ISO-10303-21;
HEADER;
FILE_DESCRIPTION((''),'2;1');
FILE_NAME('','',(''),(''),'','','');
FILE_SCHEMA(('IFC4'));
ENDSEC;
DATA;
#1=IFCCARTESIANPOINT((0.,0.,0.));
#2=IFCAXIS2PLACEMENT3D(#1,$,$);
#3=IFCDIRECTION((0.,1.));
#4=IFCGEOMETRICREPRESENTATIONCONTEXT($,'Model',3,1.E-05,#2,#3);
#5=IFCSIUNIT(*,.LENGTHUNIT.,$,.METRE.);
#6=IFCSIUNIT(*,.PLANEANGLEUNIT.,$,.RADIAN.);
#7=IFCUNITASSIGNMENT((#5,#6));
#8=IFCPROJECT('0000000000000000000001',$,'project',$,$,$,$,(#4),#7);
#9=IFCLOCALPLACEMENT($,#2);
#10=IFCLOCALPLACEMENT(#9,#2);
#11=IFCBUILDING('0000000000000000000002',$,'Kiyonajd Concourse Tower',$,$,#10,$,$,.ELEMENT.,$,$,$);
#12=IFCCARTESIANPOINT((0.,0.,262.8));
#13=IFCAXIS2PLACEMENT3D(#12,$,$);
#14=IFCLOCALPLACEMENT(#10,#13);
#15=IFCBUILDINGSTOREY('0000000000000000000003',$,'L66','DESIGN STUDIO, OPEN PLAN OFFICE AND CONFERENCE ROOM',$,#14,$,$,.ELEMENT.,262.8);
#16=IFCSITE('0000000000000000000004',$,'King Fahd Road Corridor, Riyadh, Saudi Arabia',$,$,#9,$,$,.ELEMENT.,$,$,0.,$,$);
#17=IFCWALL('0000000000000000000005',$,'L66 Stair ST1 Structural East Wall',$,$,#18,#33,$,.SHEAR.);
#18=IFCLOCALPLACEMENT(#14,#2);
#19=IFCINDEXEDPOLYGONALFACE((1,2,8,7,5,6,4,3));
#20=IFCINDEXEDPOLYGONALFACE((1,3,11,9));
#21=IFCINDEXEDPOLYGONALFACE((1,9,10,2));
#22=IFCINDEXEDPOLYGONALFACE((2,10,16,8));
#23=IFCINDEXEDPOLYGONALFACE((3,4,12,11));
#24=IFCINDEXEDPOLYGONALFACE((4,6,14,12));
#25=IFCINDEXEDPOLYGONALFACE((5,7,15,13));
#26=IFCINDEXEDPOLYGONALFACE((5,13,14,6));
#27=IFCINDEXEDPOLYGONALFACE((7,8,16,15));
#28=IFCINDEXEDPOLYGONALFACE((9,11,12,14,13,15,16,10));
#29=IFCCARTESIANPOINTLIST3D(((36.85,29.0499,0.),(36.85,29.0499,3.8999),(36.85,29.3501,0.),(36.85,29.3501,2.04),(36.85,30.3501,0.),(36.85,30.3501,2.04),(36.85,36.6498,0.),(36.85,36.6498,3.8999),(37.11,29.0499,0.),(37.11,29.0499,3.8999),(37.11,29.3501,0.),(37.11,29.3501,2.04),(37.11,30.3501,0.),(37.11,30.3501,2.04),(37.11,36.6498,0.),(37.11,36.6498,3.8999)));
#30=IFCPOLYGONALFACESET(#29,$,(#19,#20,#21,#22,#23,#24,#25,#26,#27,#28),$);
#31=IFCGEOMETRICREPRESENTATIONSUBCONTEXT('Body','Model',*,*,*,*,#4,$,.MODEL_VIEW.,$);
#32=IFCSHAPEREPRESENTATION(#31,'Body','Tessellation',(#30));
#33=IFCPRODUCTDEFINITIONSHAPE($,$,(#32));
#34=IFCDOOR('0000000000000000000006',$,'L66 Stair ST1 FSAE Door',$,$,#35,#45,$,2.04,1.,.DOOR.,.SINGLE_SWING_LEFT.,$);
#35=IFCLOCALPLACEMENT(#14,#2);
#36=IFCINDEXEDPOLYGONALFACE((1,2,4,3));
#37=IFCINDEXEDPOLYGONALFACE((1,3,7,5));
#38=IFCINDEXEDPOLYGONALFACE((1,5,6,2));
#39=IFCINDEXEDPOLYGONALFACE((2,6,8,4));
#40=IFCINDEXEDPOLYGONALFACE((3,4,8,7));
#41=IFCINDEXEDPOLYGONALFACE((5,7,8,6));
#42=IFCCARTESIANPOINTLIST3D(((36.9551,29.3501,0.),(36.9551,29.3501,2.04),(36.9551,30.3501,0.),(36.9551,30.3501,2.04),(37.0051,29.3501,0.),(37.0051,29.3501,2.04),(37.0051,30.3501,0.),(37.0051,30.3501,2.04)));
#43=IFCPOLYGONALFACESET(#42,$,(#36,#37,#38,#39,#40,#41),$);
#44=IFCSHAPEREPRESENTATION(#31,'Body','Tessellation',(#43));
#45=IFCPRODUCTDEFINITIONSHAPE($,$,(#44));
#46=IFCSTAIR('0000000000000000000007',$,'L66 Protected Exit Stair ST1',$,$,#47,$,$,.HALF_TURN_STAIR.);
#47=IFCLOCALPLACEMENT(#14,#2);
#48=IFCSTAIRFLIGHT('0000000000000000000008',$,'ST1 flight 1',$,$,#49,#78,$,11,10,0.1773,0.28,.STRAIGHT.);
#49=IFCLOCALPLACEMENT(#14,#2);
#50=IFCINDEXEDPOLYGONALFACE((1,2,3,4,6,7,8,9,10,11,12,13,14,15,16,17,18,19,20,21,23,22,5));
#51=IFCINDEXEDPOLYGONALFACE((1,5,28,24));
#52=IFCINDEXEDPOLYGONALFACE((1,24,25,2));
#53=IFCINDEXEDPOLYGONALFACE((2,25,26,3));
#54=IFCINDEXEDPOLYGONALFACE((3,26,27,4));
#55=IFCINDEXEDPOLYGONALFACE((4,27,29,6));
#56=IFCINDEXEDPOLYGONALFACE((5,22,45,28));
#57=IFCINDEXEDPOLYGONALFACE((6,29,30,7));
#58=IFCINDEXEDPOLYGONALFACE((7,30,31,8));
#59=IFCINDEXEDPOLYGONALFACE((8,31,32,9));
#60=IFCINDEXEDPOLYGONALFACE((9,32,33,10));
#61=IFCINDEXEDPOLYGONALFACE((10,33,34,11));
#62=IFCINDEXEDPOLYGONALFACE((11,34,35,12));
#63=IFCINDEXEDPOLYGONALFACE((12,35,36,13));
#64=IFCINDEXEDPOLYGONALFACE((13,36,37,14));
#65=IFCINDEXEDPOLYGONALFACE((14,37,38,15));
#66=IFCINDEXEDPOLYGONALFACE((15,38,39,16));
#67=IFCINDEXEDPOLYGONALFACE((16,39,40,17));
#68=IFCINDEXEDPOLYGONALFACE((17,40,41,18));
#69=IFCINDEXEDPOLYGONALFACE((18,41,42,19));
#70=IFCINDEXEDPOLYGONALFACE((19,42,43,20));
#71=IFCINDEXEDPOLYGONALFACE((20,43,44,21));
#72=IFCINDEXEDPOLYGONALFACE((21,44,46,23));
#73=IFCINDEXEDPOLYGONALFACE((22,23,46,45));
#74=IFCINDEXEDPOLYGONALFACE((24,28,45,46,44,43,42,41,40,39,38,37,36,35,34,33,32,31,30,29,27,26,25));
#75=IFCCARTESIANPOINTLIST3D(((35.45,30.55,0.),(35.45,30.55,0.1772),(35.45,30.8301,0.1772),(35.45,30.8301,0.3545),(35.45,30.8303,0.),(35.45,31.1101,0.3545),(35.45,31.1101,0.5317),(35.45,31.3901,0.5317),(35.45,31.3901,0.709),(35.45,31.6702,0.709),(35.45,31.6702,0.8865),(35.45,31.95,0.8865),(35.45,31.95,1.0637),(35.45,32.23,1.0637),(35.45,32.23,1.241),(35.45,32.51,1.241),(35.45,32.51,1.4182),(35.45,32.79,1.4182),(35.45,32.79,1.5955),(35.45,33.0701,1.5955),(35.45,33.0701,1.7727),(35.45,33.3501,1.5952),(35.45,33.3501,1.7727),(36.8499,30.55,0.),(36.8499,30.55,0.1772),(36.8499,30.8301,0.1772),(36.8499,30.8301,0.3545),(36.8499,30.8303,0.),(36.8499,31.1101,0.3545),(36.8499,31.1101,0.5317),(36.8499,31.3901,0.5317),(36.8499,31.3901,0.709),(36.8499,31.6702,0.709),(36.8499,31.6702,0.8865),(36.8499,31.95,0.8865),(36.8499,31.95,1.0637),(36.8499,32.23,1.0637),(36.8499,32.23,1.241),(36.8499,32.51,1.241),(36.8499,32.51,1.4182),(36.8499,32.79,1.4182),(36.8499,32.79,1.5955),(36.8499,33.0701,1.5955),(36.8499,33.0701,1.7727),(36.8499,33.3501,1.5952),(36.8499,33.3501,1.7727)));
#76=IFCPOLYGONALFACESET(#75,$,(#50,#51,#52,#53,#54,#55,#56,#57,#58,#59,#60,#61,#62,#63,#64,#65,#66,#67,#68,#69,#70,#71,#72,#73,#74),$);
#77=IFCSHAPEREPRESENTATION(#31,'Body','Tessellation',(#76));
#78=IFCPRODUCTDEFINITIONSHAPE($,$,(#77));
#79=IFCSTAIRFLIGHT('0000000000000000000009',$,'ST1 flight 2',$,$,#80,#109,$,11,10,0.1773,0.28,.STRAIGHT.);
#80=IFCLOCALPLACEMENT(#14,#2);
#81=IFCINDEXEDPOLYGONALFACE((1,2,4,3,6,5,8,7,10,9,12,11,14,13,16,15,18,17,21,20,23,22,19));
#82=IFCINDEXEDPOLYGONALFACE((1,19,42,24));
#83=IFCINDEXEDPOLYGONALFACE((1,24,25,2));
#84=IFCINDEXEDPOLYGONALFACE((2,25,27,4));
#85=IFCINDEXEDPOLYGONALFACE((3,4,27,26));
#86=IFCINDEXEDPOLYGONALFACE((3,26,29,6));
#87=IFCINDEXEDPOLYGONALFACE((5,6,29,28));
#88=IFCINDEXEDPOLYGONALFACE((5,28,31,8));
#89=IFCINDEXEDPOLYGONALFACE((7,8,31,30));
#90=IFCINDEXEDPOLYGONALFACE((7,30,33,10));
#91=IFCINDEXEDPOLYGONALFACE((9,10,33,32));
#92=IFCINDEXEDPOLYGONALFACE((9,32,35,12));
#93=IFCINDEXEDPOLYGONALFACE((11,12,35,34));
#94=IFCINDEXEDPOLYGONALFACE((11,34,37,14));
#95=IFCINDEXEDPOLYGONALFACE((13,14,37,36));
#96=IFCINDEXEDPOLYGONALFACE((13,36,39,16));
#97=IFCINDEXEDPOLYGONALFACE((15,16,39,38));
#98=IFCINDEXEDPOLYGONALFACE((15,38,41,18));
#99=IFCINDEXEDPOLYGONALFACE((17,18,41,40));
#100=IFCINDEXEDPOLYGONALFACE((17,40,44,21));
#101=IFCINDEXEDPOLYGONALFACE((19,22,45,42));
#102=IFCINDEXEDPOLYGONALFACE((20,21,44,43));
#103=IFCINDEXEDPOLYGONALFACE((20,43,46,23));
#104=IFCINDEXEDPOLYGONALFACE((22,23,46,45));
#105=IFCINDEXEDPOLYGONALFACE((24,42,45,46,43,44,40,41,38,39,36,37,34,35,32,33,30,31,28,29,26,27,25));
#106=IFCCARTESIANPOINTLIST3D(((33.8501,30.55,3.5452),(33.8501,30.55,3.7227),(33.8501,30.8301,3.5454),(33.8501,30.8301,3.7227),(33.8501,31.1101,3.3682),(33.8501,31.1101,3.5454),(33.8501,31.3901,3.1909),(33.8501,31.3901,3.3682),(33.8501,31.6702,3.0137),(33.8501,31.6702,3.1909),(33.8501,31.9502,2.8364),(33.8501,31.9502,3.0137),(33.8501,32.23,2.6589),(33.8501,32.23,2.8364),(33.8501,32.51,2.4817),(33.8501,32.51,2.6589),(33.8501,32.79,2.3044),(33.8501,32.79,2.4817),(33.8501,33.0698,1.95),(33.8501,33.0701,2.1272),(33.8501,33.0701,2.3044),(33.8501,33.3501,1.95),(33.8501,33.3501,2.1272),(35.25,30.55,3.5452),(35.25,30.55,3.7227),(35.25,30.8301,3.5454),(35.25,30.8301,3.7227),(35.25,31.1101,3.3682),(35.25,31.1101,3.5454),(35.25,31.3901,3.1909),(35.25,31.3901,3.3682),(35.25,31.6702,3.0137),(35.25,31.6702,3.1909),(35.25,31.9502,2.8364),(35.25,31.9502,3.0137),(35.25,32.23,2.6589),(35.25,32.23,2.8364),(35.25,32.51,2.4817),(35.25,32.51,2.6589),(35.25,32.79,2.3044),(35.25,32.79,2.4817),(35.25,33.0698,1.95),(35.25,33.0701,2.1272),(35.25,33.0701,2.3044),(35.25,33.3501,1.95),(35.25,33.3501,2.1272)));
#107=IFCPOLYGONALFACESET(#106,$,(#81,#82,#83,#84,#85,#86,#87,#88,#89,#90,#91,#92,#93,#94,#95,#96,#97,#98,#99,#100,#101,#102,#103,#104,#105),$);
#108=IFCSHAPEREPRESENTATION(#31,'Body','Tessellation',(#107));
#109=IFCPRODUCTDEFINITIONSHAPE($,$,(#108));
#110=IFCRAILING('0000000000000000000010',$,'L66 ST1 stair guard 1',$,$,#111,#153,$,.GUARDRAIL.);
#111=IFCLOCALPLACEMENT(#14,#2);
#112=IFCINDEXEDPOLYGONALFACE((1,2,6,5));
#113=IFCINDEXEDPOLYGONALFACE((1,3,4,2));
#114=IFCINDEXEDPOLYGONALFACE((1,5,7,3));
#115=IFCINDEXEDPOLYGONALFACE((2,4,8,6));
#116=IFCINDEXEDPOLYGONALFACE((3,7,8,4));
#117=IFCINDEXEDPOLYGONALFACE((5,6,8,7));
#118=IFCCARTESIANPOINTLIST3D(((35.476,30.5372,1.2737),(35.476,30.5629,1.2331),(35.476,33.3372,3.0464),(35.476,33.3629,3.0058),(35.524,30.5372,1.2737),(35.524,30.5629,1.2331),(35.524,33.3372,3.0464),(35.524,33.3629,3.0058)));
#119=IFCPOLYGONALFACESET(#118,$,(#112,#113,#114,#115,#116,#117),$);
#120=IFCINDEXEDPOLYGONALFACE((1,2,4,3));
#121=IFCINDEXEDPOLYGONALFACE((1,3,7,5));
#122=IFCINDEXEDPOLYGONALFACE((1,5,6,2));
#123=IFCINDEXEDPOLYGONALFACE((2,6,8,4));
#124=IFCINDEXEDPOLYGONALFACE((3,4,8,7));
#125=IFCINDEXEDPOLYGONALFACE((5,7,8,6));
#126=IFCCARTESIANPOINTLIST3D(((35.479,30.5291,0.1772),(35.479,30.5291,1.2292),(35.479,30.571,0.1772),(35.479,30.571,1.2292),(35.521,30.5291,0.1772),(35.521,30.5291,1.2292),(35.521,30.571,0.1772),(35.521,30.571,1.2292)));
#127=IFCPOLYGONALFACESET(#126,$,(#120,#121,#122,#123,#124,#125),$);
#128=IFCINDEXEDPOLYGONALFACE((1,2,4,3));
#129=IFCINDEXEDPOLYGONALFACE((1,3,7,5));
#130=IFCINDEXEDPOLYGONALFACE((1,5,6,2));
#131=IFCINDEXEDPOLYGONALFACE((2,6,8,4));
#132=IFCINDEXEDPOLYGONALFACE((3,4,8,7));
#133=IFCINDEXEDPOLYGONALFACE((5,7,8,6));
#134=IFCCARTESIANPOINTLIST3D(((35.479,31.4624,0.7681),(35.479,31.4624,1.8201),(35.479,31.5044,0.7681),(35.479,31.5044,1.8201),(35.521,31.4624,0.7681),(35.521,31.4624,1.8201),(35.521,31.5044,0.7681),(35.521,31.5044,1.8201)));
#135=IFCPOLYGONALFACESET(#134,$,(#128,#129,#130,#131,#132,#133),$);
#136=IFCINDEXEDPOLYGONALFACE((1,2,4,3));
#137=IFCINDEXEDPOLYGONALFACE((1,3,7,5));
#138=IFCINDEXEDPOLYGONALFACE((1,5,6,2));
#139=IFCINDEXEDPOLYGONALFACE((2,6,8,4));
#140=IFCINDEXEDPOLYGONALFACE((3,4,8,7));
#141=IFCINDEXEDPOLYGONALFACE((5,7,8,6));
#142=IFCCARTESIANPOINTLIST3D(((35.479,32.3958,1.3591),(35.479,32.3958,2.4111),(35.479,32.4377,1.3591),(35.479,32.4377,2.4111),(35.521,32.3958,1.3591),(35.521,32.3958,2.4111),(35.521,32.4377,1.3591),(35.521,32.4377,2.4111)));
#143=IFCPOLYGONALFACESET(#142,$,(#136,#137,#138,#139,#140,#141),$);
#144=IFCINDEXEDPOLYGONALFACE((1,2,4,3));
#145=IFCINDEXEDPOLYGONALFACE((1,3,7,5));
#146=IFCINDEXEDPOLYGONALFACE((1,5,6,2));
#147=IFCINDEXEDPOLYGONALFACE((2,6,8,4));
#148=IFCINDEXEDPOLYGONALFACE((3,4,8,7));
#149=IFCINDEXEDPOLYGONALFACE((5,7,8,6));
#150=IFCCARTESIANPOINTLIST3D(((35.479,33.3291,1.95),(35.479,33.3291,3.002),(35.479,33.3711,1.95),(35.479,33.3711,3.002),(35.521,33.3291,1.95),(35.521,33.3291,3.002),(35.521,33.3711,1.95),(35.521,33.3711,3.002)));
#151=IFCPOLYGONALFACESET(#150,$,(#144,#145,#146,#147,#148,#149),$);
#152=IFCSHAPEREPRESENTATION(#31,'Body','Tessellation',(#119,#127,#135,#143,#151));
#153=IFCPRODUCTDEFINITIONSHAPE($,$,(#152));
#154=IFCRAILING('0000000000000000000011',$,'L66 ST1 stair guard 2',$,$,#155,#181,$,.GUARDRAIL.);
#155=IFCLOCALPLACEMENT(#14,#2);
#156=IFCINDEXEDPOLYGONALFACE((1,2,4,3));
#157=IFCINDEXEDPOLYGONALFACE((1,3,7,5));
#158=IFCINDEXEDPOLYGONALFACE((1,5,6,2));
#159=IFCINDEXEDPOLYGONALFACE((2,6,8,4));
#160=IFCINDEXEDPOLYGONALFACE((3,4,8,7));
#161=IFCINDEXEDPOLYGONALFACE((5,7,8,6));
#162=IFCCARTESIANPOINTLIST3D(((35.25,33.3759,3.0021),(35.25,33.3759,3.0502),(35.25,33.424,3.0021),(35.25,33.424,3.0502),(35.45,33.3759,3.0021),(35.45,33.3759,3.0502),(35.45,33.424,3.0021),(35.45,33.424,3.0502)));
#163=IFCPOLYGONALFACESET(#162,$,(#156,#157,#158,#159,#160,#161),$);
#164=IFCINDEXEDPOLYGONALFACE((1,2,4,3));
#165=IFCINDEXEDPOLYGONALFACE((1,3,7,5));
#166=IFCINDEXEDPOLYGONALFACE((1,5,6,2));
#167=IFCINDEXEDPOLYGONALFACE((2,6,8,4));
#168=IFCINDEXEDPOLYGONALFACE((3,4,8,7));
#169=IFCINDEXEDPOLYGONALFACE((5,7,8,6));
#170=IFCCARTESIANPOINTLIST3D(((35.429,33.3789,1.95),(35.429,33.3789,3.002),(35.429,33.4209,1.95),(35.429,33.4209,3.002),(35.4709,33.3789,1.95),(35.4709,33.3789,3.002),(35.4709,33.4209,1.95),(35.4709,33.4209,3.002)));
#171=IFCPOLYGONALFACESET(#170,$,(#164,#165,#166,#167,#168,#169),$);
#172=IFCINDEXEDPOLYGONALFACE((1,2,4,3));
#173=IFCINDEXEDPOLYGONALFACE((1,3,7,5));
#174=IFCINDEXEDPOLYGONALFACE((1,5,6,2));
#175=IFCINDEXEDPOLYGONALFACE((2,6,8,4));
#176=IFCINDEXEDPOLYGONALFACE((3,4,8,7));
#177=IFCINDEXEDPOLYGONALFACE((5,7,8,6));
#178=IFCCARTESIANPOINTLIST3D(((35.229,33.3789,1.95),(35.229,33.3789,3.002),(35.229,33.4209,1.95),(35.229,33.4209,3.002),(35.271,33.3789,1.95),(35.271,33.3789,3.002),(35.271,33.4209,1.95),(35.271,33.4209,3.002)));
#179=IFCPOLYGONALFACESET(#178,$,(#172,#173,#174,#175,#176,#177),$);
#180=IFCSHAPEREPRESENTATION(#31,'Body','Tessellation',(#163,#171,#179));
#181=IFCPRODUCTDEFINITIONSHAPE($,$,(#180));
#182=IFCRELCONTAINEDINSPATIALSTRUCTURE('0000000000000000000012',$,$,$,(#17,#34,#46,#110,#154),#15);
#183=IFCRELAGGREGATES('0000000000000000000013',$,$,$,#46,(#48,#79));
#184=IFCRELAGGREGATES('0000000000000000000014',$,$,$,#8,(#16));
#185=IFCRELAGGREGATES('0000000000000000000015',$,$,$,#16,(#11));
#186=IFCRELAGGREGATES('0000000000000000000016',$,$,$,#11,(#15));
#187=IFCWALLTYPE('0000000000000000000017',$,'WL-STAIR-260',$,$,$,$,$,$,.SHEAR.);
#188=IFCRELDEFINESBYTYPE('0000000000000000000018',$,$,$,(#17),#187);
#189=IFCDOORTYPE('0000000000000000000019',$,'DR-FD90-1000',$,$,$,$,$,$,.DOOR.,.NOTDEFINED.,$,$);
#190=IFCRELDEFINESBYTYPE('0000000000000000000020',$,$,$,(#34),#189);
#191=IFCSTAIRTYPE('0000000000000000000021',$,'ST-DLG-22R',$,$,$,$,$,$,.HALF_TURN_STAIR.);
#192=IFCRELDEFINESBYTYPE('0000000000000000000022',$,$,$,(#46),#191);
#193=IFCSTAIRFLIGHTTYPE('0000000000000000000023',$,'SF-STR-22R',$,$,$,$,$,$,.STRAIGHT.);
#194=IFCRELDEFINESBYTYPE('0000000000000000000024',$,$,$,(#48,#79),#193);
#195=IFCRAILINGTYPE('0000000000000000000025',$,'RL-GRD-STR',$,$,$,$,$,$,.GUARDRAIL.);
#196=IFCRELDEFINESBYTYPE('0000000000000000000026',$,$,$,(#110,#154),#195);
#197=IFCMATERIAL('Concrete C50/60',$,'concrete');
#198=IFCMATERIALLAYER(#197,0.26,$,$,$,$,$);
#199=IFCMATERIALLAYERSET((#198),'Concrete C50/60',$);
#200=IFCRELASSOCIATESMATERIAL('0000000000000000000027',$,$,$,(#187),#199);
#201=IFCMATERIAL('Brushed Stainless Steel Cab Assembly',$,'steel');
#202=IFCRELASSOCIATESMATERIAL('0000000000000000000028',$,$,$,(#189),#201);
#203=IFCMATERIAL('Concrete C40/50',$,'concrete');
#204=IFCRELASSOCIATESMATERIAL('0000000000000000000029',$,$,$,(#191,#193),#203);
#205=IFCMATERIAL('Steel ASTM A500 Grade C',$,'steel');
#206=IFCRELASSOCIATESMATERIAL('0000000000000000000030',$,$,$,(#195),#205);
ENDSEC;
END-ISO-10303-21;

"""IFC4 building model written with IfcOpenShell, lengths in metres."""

from ifc_helpers import new_model, si_unit, direction, frame, frame_2d, origin, origin_2d, place, context, subcontext, project, spatial, polyline, rectangle, outline, extrude, material, layer, layer_set, type_object, element, fill, aggregate, save


model = new_model("IFC4")

# Units and contexts
model_context = context("Model", 3, precision=1e-05, world=origin(), true_north=direction((0.0, 1.0)))
body_context = subcontext(model_context, "Body", "Model", "MODEL_VIEW")
ifc_project = project(units=[si_unit("LENGTHUNIT", "METRE"), si_unit("PLANEANGLEUNIT", "RADIAN")], contexts=[model_context])

# Site, building, storey
site_placement = place(None, origin())
site = spatial("IfcSite", under=ifc_project, at=site_placement, Name="King Fahd Road Corridor, Riyadh, Saudi Arabia", CompositionType="ELEMENT", RefElevation=0.0)
building_placement = place(site_placement, origin())
building = spatial("IfcBuilding", under=site, at=building_placement, Name="Kiyonajd Concourse Tower", CompositionType="ELEMENT")
storey_placement = place(building_placement, frame((0.0, 0.0, 262.8)))
storey = spatial("IfcBuildingStorey", under=building, at=storey_placement, Name="L66", Description="DESIGN STUDIO, OPEN PLAN OFFICE AND CONFERENCE ROOM", CompositionType="ELEMENT", Elevation=262.8)

# Shared definitions
ifc_material_1 = material(Name="Concrete C50/60", Category="concrete")

# Shared definitions
ifc_material_2 = material(Name="Brushed Stainless Steel Cab Assembly", Category="steel")

# Shared definitions
ifc_layer_1 = layer(ifc_material_1, 0.26)
ifc_layer_set_1 = layer_set([ifc_layer_1], Name="Concrete C50/60")
wall_type_1 = type_object("IfcWallType", Name="WL-STAIR-260", PredefinedType="SHEAR", material=ifc_layer_set_1)

# Wall, opening, door
wall_1_placement = place(storey_placement, frame((36.98, 29.05, 0.0), z_axis=(0.0, 0.0, 1.0), x_axis=(0.0, 1.0, 0.0)))
wall_1 = element("IfcWall", 1, at=wall_1_placement, inside=storey, type_object=wall_type_1, Name="L66 Stair ST1 Structural East Wall", PredefinedType="SHEAR", context=body_context, shape_type="SweptSolid", body=[
    extrude(rectangle(XDim=7.5999, YDim=0.26, at=frame_2d((3.7998, 0.0))), origin(), (0.0, 0.0, 1.0), 3.8999),
])
opening_1_placement = place(wall_1_placement, frame((0.3, 0.0, 0.0)))
opening_1 = element("IfcOpeningElement", 2, at=opening_1_placement, cuts=wall_1, PredefinedType="OPENING", context=body_context, shape_type="SweptSolid", body=[
    extrude(rectangle(XDim=1.0, YDim=2.04, at=frame_2d((0.5, 1.02))), frame((0.0, 0.1399, 0.0), z_axis=(0.0, -1.0, 0.0), x_axis=(1.0, 0.0, 0.0)), (0.0, 0.0, 1.0), 0.28),
])
door_type_1 = type_object("IfcDoorType", Name="DR-FD90-1000", OperationType="NOTDEFINED", PredefinedType="DOOR", material=ifc_material_2)
door_1_placement = place(opening_1_placement, origin())
door_1 = element("IfcDoor", 3, at=door_1_placement, inside=storey, type_object=door_type_1, Name="L66 Stair ST1 FSAE Door", OperationType="SINGLE_SWING_LEFT", OverallHeight=2.04, OverallWidth=1.0, PredefinedType="DOOR", context=body_context, shape_type="SweptSolid", body=[
    extrude(rectangle(XDim=1.0, YDim=2.04, at=frame_2d((0.5, 1.02))), frame((0.0, 0.0249, 0.0), z_axis=(0.0, -1.0, 0.0), x_axis=(1.0, 0.0, 0.0)), (0.0, 0.0, 1.0), 0.05),
])
fill(opening_1, door_1)

# Stair, stair flights
ifc_material_3 = material(Name="Concrete C40/50", Category="concrete")
stair_type = type_object("IfcStairType", Name="ST-DLG-22R", PredefinedType="HALF_TURN_STAIR", material=ifc_material_3)
stair_placement = place(storey_placement, origin())
stair = element("IfcStair", 4, at=stair_placement, inside=storey, type_object=stair_type, Name="L66 Protected Exit Stair ST1", PredefinedType="HALF_TURN_STAIR")
stair_flight_type = type_object("IfcStairFlightType", Name="SF-STR-22R", PredefinedType="STRAIGHT", material=ifc_material_3)
stair_flight_1_placement = place(storey_placement, frame((36.1499, 30.55, 0.0), z_axis=(0.0, 0.0, 1.0), x_axis=(0.0, 1.0, 0.0)))
stair_flight_1 = element("IfcStairFlight", 5, at=stair_flight_1_placement, type_object=stair_flight_type, Name="ST1 flight 1", NumberOfRisers=11, NumberOfTreads=10, PredefinedType="STRAIGHT", RiserHeight=0.1773, TreadLength=0.28, context=body_context, shape_type="SweptSolid", body=[
    extrude(outline(polyline([(0.0, 0.0), (0.0, 0.1772), (0.28, 0.1772), (0.28, 0.3545), (0.5601, 0.3545), (0.5601, 0.5317), (0.8401, 0.5317), (0.8401, 0.709), (1.1201, 0.709), (1.1201, 0.8865), (1.3999, 0.8865), (1.3999, 1.0637), (1.6799, 1.0637), (1.6799, 1.241), (1.96, 1.241), (1.96, 1.4182), (2.24, 1.4182), (2.24, 1.5955), (2.52, 1.5955), (2.52, 1.7727), (2.8, 1.7727), (2.8, 1.95), (2.8, 1.5952), (0.2803, 0.0), (0.0, 0.0)])), frame((0.0, 0.7, 0.0), z_axis=(0.0, -1.0, 0.0), x_axis=(1.0, 0.0, 0.0)), (0.0, 0.0, 1.0), 1.3999),
])
stair_flight_2_placement = place(storey_placement, frame((34.55, 33.3501, 1.95), z_axis=(0.0, 0.0, 1.0), x_axis=(0.0, -1.0, 0.0)))
stair_flight_2 = element("IfcStairFlight", 6, at=stair_flight_2_placement, type_object=stair_flight_type, Name="ST1 flight 2", NumberOfRisers=11, NumberOfTreads=10, PredefinedType="STRAIGHT", RiserHeight=0.1773, TreadLength=0.28, context=body_context, shape_type="SweptSolid", body=[
    extrude(outline(polyline([(0.0, 0.0), (0.0, 0.1772), (0.28, 0.1772), (0.28, 0.3545), (0.5601, 0.3545), (0.5601, 0.5317), (0.8401, 0.5317), (0.8401, 0.709), (1.1201, 0.709), (1.1201, 0.8865), (1.3999, 0.8865), (1.3999, 1.0637), (1.6799, 1.0637), (1.6799, 1.241), (1.96, 1.241), (1.96, 1.4182), (2.24, 1.4182), (2.24, 1.5955), (2.52, 1.5955), (2.52, 1.7727), (2.8, 1.7727), (2.8, 1.95), (2.8, 1.5952), (0.2803, 0.0), (0.0, 0.0)])), frame((0.0, 0.7, 0.0), z_axis=(0.0, -1.0, 0.0), x_axis=(1.0, 0.0, 0.0)), (0.0, 0.0, 1.0), 1.3999),
])
aggregate(stair, [stair_flight_1, stair_flight_2])

# Railings
ifc_material_4 = material(Name="Steel ASTM A500 Grade C", Category="steel")
railing_type_1 = type_object("IfcRailingType", Name="RL-GRD-STR", PredefinedType="GUARDRAIL", material=ifc_material_4)
railing_1_placement = place(storey_placement, frame((35.5, 30.55, 0.1772)))
element("IfcRailing", 7, at=railing_1_placement, inside=storey, type_object=railing_type_1, Name="L66 ST1 stair guard 1", PredefinedType="GUARDRAIL", context=body_context, shape_type="SweptSolid", body=[
    extrude(rectangle(XDim=0.0481, YDim=0.0481, at=origin_2d()), frame((0.0, 0.0, 1.0762), z_axis=(0.0, 0.844909, 0.53491), x_axis=(-1.0, 0.0, 0.0)), (0.0, 0.0, 1.0), 3.314),
    extrude(rectangle(XDim=0.042, YDim=0.042, at=origin_2d()), origin(), (0.0, 0.0, 1.0), 1.052),
    extrude(rectangle(XDim=0.042, YDim=0.042, at=origin_2d()), frame((0.0, 0.9333, 0.5908)), (0.0, 0.0, 1.0), 1.052),
    extrude(rectangle(XDim=0.042, YDim=0.042, at=origin_2d()), frame((0.0, 1.8667, 1.1819)), (0.0, 0.0, 1.0), 1.052),
    extrude(rectangle(XDim=0.042, YDim=0.042, at=origin_2d()), frame((0.0, 2.8, 1.7727)), (0.0, 0.0, 1.0), 1.052),
])
railing_2_placement = place(storey_placement, frame((35.45, 33.3999, 1.95)))
element("IfcRailing", 8, at=railing_2_placement, inside=storey, type_object=railing_type_1, Name="L66 ST1 stair guard 2", PredefinedType="GUARDRAIL", context=body_context, shape_type="SweptSolid", body=[
    extrude(rectangle(XDim=0.0481, YDim=0.0481, at=origin_2d()), frame((0.0, 0.0, 1.0762), z_axis=(-1.0, 0.0, 0.0), x_axis=(0.0, -1.0, 0.0)), (0.0, 0.0, 1.0), 0.2),
    extrude(rectangle(XDim=0.042, YDim=0.042, at=origin_2d()), origin(), (0.0, 0.0, 1.0), 1.052),
    extrude(rectangle(XDim=0.042, YDim=0.042, at=origin_2d()), frame((-0.2, 0.0, 0.0)), (0.0, 0.0, 1.0), 1.052),
])

save(model, "model.ifc")
